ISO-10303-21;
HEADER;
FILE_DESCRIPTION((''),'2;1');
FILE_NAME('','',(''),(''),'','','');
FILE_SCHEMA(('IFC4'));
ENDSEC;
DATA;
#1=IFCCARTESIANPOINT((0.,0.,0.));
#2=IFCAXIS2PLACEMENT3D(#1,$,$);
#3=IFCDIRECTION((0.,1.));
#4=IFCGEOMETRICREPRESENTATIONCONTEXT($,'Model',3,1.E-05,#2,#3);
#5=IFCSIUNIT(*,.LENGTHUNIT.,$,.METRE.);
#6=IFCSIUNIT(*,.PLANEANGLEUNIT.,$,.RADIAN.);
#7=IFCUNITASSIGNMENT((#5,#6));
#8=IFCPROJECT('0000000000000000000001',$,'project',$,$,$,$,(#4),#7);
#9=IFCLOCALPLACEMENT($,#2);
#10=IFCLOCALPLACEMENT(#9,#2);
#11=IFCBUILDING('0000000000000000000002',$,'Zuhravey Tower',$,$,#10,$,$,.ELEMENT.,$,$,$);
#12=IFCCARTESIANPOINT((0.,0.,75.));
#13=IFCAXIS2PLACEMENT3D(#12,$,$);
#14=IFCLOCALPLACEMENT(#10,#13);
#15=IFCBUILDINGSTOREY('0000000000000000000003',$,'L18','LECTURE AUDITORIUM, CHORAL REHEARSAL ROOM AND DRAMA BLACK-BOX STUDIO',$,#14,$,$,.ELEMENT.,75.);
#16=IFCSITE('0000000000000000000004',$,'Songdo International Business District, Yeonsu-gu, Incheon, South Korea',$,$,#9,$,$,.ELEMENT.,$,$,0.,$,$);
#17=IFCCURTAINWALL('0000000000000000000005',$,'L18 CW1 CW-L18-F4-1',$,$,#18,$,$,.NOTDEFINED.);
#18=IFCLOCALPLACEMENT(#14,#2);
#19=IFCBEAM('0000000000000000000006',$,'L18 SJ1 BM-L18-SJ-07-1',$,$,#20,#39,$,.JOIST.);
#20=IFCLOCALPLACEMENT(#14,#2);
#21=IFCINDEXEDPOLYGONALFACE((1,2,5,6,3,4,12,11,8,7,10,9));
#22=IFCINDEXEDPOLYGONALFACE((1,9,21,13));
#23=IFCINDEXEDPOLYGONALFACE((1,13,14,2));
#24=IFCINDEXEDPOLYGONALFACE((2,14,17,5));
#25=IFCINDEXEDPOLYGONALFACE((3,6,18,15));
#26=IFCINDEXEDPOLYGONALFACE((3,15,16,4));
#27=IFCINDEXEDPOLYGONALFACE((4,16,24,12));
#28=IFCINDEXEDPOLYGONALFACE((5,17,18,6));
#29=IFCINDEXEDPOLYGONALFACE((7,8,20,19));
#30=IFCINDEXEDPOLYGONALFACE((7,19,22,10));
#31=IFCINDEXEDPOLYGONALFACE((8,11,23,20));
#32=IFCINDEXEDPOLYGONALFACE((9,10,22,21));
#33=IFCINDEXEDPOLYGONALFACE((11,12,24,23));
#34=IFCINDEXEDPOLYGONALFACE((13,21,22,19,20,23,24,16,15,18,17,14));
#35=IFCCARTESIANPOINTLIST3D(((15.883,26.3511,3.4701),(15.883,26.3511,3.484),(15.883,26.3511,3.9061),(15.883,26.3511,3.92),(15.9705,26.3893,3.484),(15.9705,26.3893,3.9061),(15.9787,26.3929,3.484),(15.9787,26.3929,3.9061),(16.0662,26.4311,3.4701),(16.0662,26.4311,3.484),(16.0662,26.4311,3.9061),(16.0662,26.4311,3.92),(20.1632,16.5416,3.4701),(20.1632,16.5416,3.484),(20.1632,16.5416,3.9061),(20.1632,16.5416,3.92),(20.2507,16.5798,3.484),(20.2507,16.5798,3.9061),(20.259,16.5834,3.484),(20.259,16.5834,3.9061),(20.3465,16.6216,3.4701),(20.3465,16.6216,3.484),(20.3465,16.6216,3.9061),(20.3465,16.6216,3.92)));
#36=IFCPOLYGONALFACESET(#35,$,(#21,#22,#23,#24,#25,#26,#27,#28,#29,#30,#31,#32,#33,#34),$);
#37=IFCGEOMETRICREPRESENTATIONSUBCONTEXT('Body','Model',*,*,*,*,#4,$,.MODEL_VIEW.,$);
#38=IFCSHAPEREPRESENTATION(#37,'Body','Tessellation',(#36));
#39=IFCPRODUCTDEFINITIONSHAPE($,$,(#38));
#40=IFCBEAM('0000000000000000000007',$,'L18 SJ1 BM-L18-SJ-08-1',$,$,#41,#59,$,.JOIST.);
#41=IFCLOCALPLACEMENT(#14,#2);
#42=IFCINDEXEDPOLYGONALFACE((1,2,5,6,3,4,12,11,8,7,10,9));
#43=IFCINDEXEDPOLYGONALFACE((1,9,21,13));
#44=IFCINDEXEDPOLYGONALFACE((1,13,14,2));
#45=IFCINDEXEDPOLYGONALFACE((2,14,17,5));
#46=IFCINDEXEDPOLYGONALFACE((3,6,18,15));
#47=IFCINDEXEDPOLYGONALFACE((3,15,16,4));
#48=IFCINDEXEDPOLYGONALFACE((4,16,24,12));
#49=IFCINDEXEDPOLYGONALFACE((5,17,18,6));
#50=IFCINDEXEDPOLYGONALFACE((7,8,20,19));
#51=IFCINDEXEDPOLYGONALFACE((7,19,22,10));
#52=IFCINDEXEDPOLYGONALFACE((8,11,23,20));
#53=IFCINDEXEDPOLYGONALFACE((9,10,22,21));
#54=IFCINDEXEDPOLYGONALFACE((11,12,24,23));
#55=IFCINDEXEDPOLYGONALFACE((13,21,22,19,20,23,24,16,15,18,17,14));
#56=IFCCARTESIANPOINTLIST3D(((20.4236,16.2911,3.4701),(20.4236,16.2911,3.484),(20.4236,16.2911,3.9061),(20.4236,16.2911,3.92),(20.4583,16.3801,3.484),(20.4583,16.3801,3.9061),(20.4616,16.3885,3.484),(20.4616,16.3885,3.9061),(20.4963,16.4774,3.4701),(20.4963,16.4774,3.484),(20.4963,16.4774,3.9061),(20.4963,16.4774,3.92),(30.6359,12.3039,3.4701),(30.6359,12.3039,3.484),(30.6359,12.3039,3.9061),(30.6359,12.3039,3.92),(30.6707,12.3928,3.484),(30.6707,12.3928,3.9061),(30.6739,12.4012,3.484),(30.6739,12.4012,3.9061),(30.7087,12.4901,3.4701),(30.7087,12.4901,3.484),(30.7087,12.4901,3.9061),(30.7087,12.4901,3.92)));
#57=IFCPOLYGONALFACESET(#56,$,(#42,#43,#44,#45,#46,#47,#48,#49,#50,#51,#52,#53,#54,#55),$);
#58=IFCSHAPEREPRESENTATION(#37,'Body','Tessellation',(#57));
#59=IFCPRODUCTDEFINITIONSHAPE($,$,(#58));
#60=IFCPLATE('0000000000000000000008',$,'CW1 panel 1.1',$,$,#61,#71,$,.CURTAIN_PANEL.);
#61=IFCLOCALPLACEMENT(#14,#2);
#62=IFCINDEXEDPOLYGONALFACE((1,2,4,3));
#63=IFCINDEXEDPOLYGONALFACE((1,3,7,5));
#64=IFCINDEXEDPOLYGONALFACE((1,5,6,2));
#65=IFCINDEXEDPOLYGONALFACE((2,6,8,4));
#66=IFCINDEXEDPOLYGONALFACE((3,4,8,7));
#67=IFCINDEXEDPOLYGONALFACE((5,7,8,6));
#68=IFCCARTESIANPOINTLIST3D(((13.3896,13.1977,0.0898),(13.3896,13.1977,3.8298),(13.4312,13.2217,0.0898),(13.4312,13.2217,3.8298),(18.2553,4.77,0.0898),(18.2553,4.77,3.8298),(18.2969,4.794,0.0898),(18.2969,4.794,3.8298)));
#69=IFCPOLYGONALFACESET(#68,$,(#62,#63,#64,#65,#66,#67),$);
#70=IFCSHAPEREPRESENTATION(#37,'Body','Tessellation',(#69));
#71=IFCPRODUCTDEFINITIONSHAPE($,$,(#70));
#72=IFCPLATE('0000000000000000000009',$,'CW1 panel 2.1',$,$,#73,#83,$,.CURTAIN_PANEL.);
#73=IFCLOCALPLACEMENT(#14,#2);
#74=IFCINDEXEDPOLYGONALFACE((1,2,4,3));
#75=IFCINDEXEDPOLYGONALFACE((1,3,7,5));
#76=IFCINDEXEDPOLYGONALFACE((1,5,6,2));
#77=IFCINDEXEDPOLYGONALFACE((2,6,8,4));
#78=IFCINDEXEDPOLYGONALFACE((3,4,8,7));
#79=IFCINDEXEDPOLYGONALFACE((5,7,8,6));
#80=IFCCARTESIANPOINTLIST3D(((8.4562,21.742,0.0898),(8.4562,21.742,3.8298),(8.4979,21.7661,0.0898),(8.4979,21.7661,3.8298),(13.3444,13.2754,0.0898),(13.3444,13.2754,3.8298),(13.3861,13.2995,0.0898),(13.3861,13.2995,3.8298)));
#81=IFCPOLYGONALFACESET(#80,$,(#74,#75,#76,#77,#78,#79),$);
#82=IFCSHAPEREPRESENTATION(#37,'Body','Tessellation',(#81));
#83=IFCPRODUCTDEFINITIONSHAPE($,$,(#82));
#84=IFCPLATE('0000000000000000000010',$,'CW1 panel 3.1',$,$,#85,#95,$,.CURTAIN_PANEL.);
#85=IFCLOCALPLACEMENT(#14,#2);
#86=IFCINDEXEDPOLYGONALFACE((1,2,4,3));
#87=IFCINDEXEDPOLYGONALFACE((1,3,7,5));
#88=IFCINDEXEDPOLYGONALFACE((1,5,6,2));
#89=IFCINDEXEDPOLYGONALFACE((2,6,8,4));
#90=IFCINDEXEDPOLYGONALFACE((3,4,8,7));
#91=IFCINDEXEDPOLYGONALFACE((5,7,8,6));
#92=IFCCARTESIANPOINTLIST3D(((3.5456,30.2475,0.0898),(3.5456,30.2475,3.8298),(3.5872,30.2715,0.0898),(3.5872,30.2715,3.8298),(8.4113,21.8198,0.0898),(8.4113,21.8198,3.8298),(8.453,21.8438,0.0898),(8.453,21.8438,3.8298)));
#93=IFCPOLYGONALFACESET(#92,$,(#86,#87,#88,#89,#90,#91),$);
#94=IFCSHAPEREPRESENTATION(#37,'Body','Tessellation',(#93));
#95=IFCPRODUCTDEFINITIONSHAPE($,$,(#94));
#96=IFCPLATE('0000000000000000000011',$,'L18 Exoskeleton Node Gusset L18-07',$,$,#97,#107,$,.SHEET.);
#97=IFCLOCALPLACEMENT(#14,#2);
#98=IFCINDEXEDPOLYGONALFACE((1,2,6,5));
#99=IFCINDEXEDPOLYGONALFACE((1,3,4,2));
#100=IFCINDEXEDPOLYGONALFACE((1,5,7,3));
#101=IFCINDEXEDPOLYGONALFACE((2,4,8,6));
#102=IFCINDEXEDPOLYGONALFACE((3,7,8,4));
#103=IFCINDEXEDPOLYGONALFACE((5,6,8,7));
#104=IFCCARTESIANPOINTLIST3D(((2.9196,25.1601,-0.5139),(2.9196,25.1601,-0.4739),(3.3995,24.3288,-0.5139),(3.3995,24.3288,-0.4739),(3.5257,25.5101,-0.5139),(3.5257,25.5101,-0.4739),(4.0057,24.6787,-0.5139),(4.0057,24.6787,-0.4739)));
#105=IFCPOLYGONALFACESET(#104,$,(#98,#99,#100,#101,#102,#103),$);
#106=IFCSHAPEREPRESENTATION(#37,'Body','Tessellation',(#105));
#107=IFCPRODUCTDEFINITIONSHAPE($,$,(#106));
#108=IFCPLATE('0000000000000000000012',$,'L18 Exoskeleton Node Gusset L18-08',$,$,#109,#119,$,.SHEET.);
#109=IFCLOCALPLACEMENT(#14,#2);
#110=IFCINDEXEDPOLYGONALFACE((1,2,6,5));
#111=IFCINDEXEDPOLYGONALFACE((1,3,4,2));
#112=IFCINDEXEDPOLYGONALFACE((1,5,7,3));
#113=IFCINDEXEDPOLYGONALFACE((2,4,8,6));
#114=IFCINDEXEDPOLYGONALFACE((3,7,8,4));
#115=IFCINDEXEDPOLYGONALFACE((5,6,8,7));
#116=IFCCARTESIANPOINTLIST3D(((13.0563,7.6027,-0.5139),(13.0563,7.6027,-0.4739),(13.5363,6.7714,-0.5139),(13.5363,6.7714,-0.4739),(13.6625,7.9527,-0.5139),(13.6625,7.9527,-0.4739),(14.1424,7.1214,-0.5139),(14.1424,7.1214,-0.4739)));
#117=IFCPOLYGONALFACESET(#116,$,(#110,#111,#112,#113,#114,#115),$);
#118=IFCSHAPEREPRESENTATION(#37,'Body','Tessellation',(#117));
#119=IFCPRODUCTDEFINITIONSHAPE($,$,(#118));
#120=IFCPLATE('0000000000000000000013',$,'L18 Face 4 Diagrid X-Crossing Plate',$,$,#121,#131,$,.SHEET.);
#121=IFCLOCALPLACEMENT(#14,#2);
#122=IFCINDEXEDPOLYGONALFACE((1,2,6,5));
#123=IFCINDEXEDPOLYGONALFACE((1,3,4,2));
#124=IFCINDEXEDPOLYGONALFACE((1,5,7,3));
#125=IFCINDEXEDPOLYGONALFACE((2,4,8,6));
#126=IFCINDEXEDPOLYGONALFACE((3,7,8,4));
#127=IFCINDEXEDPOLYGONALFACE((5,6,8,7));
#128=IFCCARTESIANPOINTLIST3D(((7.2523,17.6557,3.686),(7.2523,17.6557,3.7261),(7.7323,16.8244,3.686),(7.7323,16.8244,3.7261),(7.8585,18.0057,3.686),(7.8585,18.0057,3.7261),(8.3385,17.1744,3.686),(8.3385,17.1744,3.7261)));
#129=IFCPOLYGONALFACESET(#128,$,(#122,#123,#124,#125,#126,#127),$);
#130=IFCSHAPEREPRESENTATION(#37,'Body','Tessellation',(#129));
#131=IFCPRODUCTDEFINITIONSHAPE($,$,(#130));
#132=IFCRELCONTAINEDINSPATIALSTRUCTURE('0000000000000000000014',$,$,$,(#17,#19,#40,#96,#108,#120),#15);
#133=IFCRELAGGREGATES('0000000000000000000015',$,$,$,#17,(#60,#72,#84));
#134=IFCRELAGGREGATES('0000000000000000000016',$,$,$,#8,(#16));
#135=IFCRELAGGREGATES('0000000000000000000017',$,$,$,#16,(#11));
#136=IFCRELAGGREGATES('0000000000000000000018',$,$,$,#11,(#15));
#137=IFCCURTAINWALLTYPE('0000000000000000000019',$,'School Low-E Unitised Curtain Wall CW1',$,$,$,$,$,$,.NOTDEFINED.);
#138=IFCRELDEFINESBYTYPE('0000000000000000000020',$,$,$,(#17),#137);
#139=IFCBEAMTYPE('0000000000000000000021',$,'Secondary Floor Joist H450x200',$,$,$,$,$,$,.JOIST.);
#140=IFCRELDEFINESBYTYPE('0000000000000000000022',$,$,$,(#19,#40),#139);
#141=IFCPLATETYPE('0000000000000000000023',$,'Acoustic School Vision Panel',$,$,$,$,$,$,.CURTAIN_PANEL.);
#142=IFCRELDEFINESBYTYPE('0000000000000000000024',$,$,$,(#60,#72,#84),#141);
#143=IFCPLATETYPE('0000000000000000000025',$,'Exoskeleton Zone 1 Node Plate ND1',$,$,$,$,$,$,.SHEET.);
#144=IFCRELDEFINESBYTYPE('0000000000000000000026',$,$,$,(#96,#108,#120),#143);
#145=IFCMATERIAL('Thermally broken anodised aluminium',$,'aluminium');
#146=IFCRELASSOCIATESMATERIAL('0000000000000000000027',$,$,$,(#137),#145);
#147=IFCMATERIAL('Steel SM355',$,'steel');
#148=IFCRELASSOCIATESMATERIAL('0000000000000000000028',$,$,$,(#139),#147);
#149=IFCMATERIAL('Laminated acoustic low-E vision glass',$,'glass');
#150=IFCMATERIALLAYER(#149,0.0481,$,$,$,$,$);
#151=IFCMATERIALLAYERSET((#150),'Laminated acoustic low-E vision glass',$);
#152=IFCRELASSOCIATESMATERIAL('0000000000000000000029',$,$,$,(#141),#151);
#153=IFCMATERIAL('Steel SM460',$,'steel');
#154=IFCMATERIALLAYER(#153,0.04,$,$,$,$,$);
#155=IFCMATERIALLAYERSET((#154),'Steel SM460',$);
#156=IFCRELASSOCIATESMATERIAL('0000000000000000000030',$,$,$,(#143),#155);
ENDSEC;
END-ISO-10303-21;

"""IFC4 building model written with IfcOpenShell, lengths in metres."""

from ifc_helpers import new_model, si_unit, direction, frame, origin, origin_2d, place, context, subcontext, project, spatial, rectangle, i_section, extrude, material, layer, layer_set, material_profile, profile_set, type_object, element, aggregate, save


model = new_model("IFC4")

# Units and contexts
model_context = context("Model", 3, precision=1e-05, world=origin(), true_north=direction((0.0, 1.0)))
body_context = subcontext(model_context, "Body", "Model", "MODEL_VIEW")
ifc_project = project(units=[si_unit("LENGTHUNIT", "METRE"), si_unit("PLANEANGLEUNIT", "RADIAN")], contexts=[model_context])

# Site, building, storey
site_placement = place(None, origin())
site = spatial("IfcSite", under=ifc_project, at=site_placement, Name="Songdo International Business District, Yeonsu-gu, Incheon, South Korea", CompositionType="ELEMENT", RefElevation=0.0)
building_placement = place(site_placement, origin())
building = spatial("IfcBuilding", under=site, at=building_placement, Name="Zuhravey Tower", CompositionType="ELEMENT")
storey_placement = place(building_placement, frame((0.0, 0.0, 75.0)))
storey = spatial("IfcBuildingStorey", under=building, at=storey_placement, Name="L18", Description="LECTURE AUDITORIUM, CHORAL REHEARSAL ROOM AND DRAMA BLACK-BOX STUDIO", CompositionType="ELEMENT", Elevation=75.0)

# Shared definitions
ifc_material_1 = material(Name="Thermally broken anodised aluminium", Category="aluminium")
curtain_wall_type = type_object("IfcCurtainWallType", Name="School Low-E Unitised Curtain Wall CW1", PredefinedType="NOTDEFINED", material=ifc_material_1)

# Curtain wall
curtain_wall_1_placement = place(storey_placement, origin())
curtain_wall_1 = element("IfcCurtainWall", 1, at=curtain_wall_1_placement, inside=storey, type_object=curtain_wall_type, Name="L18 CW1 CW-L18-F4-1", PredefinedType="NOTDEFINED")

# Shared definitions
ifc_material_2 = material(Name="Steel SM355", Category="steel")
ifc_material_3 = material(Name="Steel SM460", Category="steel")

# Beams
ifc_material_profile_1 = material_profile(ifc_material_2, i_section(OverallWidth=0.2, OverallDepth=0.45, WebThickness=0.009, FlangeThickness=0.0139, at=origin_2d()), Name="H-450x200x9x14")
ifc_profile_set_1 = profile_set([ifc_material_profile_1], Name="Steel SM355")
beam_type_1 = type_object("IfcBeamType", Name="Secondary Floor Joist H450x200", PredefinedType="JOIST", material=ifc_profile_set_1)
beam_1_placement = place(storey_placement, frame((15.9746, 26.3911, 3.6951), z_axis=(0.399924, -0.916549, 0.0), x_axis=(0.916549, 0.399924, 0.0)))
element("IfcBeam", 2, at=beam_1_placement, inside=storey, type_object=beam_type_1, Name="L18 SJ1 BM-L18-SJ-07-1", PredefinedType="JOIST", context=body_context, shape_type="SweptSolid", body=[
    extrude(i_section(OverallWidth=0.2, OverallDepth=0.45, WebThickness=0.009, FlangeThickness=0.0139, at=origin_2d()), origin(), (0.0, 0.0, 1.0), 10.7026),
])
beam_2_placement = place(storey_placement, frame((20.46, 16.3843, 3.6951), z_axis=(0.931517, -0.363699, 0.0), x_axis=(0.363699, 0.931517, 0.0)))
element("IfcBeam", 3, at=beam_2_placement, inside=storey, type_object=beam_type_1, Name="L18 SJ1 BM-L18-SJ-08-1", PredefinedType="JOIST", context=body_context, shape_type="SweptSolid", body=[
    extrude(i_section(OverallWidth=0.2, OverallDepth=0.45, WebThickness=0.009, FlangeThickness=0.0139, at=origin_2d()), origin(), (0.0, 0.0, 1.0), 10.9631),
])

# Plates
ifc_material_4 = material(Name="Laminated acoustic low-E vision glass", Category="glass")
ifc_layer_1 = layer(ifc_material_4, 0.0481)
ifc_layer_set_1 = layer_set([ifc_layer_1], Name="Laminated acoustic low-E vision glass")
plate_type_1 = type_object("IfcPlateType", Name="Acoustic School Vision Panel", PredefinedType="CURTAIN_PANEL", material=ifc_layer_set_1)
plate_1_placement = place(storey_placement, frame((15.8433, 8.9958, 0.0898), z_axis=(0.0, 0.0, 1.0), x_axis=(-0.5, 0.866026, 0.0)))
plate_1 = element("IfcPlate", 4, at=plate_1_placement, type_object=plate_type_1, Name="CW1 panel 1.1", PredefinedType="CURTAIN_PANEL", context=body_context, shape_type="SweptSolid", body=[
    extrude(rectangle(XDim=9.7314, YDim=0.0481, at=origin_2d()), origin(), (0.0, 0.0, 1.0), 3.74),
])
plate_2_placement = place(storey_placement, frame((10.9211, 17.5208, 0.0898), z_axis=(0.0, 0.0, 1.0), x_axis=(-0.5, 0.866026, 0.0)))
plate_2 = element("IfcPlate", 5, at=plate_2_placement, type_object=plate_type_1, Name="CW1 panel 2.1", PredefinedType="CURTAIN_PANEL", context=body_context, shape_type="SweptSolid", body=[
    extrude(rectangle(XDim=9.7764, YDim=0.0481, at=origin_2d()), origin(), (0.0, 0.0, 1.0), 3.74),
])
plate_3_placement = place(storey_placement, frame((5.9993, 26.0457, 0.0898), z_axis=(0.0, 0.0, 1.0), x_axis=(-0.5, 0.866026, 0.0)))
plate_3 = element("IfcPlate", 6, at=plate_3_placement, type_object=plate_type_1, Name="CW1 panel 3.1", PredefinedType="CURTAIN_PANEL", context=body_context, shape_type="SweptSolid", body=[
    extrude(rectangle(XDim=9.7314, YDim=0.0481, at=origin_2d()), origin(), (0.0, 0.0, 1.0), 3.74),
])
aggregate(curtain_wall_1, [plate_1, plate_2, plate_3])

# Plates
ifc_layer_2 = layer(ifc_material_3, 0.04)
ifc_layer_set_2 = layer_set([ifc_layer_2], Name="Steel SM460")
plate_type_2 = type_object("IfcPlateType", Name="Exoskeleton Zone 1 Node Plate ND1", PredefinedType="SHEET", material=ifc_layer_set_2)
for number, where, z_axis, x_axis, name in (
    (7, (3.4626, 24.9194, -0.5139), (0.0, 0.0, 1.0), (0.5, -0.866025, 0.0), "L18 Exoskeleton Node Gusset L18-07"),
    (8, (13.5994, 7.3621, -0.5139), (0.0, 0.0, 1.0), (0.5, -0.866025, 0.0), "L18 Exoskeleton Node Gusset L18-08"),
    (9, (7.7954, 17.415, 3.686), (0.0, 0.0, 1.0), (0.5, -0.866025, 0.0), "L18 Face 4 Diagrid X-Crossing Plate"),
):
    element("IfcPlate", number, at=place(storey_placement, frame(where, z_axis=z_axis, x_axis=x_axis)), inside=storey, type_object=plate_type_2, Name=name, PredefinedType="SHEET", context=body_context, shape_type="SweptSolid", body=[
        extrude(rectangle(XDim=0.96, YDim=0.7, at=origin_2d()), origin(), (0.0, 0.0, 1.0), 0.04),
    ])

save(model, "model.ifc")
